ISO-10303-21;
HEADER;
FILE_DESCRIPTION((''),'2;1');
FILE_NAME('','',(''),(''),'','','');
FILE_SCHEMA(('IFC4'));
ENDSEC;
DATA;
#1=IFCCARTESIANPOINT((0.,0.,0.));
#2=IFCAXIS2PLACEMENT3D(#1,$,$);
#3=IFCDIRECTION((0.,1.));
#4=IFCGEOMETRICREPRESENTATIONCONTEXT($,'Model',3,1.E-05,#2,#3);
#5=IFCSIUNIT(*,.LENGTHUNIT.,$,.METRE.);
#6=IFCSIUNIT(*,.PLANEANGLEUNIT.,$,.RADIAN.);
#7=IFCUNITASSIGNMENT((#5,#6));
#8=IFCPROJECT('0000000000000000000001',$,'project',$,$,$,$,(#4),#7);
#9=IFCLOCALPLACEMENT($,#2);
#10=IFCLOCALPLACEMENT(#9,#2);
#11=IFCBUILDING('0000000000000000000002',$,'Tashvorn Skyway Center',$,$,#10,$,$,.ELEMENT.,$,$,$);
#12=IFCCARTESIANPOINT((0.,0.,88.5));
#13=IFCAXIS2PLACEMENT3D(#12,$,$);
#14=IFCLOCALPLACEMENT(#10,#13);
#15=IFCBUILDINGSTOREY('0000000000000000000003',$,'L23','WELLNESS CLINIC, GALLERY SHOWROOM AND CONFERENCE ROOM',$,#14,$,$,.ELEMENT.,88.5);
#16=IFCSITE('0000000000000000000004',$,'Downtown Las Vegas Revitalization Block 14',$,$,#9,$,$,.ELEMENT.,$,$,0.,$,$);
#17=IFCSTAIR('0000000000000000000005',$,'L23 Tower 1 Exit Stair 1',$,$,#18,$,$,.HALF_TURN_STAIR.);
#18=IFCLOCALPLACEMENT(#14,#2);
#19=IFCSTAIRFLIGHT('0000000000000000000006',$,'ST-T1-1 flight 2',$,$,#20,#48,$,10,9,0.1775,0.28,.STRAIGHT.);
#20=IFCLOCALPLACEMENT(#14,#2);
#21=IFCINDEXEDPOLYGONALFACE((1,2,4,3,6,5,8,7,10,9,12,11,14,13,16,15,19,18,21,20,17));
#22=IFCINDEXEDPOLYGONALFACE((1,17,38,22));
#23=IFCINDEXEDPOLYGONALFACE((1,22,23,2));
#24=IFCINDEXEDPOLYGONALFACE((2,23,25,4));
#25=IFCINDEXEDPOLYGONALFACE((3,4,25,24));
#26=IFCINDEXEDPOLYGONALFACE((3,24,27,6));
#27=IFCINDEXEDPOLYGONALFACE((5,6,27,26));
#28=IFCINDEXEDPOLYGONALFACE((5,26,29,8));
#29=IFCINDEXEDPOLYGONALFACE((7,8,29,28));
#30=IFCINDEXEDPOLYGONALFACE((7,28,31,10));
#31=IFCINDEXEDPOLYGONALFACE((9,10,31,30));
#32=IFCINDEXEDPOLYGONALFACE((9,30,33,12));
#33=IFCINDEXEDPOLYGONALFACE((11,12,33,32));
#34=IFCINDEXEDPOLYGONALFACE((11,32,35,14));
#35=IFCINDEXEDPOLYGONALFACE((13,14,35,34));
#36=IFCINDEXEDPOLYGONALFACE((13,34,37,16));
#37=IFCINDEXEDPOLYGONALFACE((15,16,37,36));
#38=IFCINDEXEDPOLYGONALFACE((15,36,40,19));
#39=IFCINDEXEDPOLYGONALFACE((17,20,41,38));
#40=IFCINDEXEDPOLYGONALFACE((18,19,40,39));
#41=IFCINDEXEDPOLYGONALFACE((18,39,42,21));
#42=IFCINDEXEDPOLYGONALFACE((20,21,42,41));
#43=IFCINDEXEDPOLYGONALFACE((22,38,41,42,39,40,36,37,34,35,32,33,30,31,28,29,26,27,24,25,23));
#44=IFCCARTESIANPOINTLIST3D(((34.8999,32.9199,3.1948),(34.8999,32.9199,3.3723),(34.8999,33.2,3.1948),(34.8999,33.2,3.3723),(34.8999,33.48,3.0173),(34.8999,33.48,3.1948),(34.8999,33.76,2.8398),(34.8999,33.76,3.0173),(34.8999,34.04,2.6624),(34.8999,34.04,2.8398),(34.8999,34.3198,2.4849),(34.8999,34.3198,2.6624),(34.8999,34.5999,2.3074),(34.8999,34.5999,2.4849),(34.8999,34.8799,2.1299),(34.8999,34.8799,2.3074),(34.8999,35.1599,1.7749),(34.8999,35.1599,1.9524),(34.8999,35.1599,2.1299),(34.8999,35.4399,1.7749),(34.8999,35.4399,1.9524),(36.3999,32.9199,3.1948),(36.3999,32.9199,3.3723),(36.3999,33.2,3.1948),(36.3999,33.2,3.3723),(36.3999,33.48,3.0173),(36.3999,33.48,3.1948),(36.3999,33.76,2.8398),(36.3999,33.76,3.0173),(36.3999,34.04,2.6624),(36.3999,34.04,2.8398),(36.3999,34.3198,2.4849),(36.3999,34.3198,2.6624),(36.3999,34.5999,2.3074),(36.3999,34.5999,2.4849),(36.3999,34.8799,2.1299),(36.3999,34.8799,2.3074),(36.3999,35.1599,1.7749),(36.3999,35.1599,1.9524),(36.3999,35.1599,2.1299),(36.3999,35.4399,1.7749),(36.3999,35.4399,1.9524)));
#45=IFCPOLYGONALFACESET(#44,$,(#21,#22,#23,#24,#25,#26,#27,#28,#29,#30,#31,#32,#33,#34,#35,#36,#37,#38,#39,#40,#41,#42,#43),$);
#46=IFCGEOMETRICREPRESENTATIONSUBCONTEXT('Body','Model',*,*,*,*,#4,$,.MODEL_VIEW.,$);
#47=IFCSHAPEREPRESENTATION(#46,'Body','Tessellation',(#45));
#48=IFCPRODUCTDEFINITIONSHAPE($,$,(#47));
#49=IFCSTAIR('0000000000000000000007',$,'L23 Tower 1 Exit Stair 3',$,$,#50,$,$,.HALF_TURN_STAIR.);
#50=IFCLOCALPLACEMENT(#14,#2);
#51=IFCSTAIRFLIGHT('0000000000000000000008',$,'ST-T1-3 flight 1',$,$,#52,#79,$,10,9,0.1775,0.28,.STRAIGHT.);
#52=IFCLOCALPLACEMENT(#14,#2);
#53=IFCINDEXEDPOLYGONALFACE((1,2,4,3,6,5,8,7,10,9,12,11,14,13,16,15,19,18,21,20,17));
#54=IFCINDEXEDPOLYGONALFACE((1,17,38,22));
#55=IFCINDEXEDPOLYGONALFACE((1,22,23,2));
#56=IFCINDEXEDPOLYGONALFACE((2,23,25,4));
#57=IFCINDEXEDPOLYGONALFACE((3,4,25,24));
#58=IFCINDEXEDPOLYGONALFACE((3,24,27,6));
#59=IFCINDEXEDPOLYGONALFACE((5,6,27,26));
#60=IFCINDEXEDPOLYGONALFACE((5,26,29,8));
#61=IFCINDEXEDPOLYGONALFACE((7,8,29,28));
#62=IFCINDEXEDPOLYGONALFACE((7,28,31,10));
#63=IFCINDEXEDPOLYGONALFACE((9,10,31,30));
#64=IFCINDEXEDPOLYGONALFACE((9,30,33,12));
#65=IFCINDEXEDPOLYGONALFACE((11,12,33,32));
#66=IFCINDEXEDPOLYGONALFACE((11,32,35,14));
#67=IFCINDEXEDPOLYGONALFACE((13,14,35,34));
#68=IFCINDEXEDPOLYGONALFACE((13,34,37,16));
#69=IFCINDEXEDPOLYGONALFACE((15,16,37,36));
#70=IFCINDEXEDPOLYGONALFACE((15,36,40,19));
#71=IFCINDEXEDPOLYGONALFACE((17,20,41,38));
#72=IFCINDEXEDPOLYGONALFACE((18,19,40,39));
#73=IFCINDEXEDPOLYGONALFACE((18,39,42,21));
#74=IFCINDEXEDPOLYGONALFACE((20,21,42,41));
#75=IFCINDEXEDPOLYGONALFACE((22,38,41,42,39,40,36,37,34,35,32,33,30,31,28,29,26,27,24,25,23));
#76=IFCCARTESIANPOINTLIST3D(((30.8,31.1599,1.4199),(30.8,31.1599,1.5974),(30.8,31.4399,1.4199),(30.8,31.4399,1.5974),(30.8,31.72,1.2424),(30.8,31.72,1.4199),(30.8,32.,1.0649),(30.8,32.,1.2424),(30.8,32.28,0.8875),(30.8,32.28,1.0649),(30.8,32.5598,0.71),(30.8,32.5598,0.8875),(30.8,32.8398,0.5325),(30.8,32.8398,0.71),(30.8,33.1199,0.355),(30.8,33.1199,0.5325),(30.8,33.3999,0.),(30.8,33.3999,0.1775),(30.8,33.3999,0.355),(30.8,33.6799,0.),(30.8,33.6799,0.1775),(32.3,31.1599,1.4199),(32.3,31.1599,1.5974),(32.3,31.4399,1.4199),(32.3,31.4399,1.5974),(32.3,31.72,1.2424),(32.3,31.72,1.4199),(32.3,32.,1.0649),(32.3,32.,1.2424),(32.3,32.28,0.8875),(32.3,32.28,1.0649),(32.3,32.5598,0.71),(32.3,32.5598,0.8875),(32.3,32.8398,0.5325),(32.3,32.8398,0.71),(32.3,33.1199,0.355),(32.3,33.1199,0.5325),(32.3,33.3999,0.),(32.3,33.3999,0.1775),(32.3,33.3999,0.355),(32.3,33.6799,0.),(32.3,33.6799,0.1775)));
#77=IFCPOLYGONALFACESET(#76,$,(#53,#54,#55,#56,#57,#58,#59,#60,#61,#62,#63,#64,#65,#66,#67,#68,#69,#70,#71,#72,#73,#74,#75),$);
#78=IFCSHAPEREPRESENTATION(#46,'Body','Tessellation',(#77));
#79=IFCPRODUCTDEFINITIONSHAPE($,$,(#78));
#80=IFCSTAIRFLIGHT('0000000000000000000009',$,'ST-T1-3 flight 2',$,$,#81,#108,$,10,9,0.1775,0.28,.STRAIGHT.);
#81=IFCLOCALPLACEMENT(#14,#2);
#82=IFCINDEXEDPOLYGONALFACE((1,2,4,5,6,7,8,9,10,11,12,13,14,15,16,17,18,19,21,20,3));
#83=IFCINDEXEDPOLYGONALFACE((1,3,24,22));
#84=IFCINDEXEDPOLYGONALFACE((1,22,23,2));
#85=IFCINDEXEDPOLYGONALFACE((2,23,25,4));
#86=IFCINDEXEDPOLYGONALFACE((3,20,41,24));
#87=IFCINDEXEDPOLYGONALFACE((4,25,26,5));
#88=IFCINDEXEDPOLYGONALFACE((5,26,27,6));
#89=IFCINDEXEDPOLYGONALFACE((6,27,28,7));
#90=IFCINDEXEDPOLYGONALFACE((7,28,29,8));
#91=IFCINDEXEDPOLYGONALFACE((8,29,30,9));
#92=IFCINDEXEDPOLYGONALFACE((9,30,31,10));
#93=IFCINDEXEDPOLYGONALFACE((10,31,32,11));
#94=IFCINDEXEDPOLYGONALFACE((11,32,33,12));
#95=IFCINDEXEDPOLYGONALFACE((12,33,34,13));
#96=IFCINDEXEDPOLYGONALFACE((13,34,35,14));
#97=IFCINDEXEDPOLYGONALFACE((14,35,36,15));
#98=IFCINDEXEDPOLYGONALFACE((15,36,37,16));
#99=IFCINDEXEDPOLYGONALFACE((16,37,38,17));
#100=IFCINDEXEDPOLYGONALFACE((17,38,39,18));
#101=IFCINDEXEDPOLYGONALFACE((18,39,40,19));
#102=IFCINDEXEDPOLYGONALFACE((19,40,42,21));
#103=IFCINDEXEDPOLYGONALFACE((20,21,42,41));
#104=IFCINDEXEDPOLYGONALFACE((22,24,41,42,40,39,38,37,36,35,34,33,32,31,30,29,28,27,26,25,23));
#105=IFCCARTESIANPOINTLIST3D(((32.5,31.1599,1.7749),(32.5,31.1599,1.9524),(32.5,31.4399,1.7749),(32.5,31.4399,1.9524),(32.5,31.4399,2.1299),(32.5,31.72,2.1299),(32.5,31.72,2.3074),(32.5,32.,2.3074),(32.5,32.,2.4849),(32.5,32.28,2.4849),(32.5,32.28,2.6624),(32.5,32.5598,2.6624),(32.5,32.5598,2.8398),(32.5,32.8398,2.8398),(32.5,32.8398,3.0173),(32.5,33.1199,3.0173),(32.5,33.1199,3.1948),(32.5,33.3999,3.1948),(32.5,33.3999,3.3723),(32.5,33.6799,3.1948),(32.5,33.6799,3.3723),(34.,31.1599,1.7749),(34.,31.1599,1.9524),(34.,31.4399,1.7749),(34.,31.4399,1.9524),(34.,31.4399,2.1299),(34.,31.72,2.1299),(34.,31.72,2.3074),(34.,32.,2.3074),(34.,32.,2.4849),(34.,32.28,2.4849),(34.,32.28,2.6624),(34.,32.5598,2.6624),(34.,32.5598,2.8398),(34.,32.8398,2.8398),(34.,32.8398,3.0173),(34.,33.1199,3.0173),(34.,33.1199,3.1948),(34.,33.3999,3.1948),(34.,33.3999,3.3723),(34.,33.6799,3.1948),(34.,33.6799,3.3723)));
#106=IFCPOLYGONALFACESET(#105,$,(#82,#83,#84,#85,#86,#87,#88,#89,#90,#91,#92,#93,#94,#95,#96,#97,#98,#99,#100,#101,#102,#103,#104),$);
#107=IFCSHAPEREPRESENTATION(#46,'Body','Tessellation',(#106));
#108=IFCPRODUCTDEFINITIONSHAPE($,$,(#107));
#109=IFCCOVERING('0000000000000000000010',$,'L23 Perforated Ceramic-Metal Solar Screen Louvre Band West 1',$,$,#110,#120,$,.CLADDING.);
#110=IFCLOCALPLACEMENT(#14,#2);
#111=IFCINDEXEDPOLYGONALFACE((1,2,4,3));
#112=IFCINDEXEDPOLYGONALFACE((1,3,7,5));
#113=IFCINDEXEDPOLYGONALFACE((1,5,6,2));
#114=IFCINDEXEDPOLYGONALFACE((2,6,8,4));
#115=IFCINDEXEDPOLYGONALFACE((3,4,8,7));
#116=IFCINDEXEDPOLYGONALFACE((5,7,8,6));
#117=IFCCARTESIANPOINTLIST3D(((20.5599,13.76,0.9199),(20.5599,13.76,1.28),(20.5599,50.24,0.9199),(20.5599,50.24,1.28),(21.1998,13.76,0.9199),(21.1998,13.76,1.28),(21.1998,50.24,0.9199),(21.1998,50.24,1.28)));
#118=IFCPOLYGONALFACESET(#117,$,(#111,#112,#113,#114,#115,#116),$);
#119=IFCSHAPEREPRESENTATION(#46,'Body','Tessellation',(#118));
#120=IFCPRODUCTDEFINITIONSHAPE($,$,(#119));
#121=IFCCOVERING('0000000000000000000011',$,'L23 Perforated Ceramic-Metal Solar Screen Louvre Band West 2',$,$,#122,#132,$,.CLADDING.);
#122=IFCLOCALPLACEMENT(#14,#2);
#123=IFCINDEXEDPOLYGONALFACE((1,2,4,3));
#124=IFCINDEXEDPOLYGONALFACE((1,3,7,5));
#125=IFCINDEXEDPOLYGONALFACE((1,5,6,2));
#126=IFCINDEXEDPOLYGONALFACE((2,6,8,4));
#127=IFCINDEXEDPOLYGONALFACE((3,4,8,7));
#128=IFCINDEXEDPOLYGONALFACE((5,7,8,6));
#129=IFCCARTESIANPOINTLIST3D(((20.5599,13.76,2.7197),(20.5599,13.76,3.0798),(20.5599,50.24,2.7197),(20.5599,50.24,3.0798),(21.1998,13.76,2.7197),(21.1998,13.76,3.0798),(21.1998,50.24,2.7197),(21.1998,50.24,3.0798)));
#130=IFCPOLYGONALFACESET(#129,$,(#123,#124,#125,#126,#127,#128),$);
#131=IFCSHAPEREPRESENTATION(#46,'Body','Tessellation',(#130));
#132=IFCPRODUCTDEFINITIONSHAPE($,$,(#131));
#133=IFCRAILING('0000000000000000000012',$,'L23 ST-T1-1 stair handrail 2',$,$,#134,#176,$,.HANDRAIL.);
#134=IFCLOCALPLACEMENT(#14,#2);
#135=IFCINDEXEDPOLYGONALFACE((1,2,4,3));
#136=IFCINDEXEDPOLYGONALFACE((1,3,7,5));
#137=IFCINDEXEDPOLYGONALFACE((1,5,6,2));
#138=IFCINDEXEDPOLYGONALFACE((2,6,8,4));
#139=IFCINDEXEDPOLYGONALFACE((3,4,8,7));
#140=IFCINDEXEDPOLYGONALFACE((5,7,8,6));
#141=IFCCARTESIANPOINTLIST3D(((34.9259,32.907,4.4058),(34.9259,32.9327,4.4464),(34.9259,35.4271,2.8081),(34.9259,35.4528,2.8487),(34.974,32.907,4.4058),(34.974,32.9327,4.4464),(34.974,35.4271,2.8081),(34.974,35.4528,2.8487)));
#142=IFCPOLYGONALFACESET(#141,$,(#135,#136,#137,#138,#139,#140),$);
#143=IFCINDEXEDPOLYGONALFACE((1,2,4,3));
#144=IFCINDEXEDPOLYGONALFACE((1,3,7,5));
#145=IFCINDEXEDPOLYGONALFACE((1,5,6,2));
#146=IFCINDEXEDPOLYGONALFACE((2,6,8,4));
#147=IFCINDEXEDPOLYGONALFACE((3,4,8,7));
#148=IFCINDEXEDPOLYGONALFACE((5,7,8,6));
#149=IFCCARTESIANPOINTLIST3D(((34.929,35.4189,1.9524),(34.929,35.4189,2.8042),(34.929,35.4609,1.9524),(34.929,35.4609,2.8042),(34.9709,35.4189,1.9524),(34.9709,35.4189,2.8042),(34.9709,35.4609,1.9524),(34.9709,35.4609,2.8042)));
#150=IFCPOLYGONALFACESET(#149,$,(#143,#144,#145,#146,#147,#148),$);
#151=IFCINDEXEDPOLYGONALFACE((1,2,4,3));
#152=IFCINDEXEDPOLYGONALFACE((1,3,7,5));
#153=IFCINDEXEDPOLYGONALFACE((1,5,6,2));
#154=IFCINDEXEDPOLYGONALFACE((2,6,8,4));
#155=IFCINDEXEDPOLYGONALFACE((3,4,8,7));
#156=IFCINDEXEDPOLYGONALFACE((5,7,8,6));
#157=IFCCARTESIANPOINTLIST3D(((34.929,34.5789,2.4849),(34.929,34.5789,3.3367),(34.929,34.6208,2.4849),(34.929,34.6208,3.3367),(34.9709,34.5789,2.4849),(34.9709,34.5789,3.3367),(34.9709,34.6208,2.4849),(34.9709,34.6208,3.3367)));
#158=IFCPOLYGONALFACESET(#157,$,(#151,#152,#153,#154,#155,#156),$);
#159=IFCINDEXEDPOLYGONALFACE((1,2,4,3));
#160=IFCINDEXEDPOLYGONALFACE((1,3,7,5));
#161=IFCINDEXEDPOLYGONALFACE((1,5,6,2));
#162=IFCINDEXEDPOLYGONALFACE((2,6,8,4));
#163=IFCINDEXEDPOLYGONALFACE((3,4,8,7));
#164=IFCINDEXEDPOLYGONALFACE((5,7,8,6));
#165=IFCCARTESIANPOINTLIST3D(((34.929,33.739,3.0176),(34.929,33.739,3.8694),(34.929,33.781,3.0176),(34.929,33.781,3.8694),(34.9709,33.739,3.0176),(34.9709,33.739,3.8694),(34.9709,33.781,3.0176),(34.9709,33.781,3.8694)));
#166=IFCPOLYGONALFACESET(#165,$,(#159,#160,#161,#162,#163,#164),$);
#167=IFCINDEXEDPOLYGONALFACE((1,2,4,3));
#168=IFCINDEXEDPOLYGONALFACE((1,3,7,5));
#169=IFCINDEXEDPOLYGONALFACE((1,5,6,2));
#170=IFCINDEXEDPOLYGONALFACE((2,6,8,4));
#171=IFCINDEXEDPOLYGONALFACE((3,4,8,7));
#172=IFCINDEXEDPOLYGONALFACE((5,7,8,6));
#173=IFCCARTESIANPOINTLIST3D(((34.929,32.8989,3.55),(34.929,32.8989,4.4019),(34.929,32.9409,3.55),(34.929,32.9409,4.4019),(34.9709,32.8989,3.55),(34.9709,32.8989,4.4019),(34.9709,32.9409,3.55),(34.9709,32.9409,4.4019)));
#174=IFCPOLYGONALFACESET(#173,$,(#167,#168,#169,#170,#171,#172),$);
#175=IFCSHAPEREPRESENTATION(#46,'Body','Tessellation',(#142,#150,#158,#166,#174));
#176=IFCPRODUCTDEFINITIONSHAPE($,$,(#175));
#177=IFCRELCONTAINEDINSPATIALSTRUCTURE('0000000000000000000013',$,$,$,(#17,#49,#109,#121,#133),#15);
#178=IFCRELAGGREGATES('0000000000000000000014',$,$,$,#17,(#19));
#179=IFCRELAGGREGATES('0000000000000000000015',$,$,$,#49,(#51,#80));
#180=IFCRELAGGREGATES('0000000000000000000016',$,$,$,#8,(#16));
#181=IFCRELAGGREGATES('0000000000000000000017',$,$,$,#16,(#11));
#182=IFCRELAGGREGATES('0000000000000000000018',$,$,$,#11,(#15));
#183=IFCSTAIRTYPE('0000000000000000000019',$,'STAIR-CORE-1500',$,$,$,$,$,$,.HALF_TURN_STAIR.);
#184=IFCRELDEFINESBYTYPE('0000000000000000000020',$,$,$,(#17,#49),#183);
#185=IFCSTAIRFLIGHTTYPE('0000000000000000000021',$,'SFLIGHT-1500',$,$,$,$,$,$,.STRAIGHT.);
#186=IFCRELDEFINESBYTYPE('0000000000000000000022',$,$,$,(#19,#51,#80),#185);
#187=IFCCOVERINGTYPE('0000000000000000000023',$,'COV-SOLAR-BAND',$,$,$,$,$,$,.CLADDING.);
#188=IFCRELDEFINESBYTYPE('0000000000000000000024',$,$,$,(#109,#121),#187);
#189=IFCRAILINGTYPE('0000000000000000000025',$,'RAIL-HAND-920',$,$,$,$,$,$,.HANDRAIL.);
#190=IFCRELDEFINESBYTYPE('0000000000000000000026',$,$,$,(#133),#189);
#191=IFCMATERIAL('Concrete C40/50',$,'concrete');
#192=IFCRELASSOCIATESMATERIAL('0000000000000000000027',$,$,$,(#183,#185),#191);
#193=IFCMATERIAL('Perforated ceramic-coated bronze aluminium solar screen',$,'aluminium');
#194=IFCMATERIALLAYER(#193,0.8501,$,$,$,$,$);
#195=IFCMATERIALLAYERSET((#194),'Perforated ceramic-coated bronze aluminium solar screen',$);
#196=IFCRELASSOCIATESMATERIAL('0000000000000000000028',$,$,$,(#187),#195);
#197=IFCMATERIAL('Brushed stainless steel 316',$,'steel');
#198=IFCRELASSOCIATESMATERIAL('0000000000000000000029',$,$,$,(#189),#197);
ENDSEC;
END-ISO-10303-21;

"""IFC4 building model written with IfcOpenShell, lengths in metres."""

from ifc_helpers import new_model, si_unit, direction, frame, origin, origin_2d, place, context, subcontext, project, spatial, polyline, rectangle, outline, extrude, material, layer, layer_set, type_object, element, aggregate, save


model = new_model("IFC4")

# Units and contexts
model_context = context("Model", 3, precision=1e-05, world=origin(), true_north=direction((0.0, 1.0)))
body_context = subcontext(model_context, "Body", "Model", "MODEL_VIEW")
ifc_project = project(units=[si_unit("LENGTHUNIT", "METRE"), si_unit("PLANEANGLEUNIT", "RADIAN")], contexts=[model_context])

# Site, building, storey
site_placement = place(None, origin())
site = spatial("IfcSite", under=ifc_project, at=site_placement, Name="Downtown Las Vegas Revitalization Block 14", CompositionType="ELEMENT", RefElevation=0.0)
building_placement = place(site_placement, origin())
building = spatial("IfcBuilding", under=site, at=building_placement, Name="Tashvorn Skyway Center", CompositionType="ELEMENT")
storey_placement = place(building_placement, frame((0.0, 0.0, 88.5)))
storey = spatial("IfcBuildingStorey", under=building, at=storey_placement, Name="L23", Description="WELLNESS CLINIC, GALLERY SHOWROOM AND CONFERENCE ROOM", CompositionType="ELEMENT", Elevation=88.5)

# Shared definitions
ifc_material_1 = material(Name="Concrete C40/50", Category="concrete")

# Stair, stair flight
stair_type = type_object("IfcStairType", Name="STAIR-CORE-1500", PredefinedType="HALF_TURN_STAIR", material=ifc_material_1)
stair_1_placement = place(storey_placement, origin())
stair_1 = element("IfcStair", 1, at=stair_1_placement, inside=storey, type_object=stair_type, Name="L23 Tower 1 Exit Stair 1", PredefinedType="HALF_TURN_STAIR")
stair_flight_type = type_object("IfcStairFlightType", Name="SFLIGHT-1500", PredefinedType="STRAIGHT", material=ifc_material_1)
stair_flight_1_placement = place(storey_placement, frame((35.6499, 35.4399, 1.7749), z_axis=(0.0, 0.0, 1.0), x_axis=(0.0, -1.0, 0.0)))
stair_flight_1 = element("IfcStairFlight", 2, at=stair_flight_1_placement, type_object=stair_flight_type, Name="ST-T1-1 flight 2", NumberOfRisers=10, NumberOfTreads=9, PredefinedType="STRAIGHT", RiserHeight=0.1775, TreadLength=0.28, context=body_context, shape_type="SweptSolid", body=[
    extrude(outline(polyline([(0.0, 0.0), (0.0, 0.1775), (0.28, 0.1775), (0.28, 0.355), (0.5601, 0.355), (0.5601, 0.5325), (0.8401, 0.5325), (0.8401, 0.71), (1.1201, 0.71), (1.1201, 0.8875), (1.3999, 0.8875), (1.3999, 1.0649), (1.6799, 1.0649), (1.6799, 1.2424), (1.96, 1.2424), (1.96, 1.4199), (2.24, 1.4199), (2.24, 1.5974), (2.52, 1.5974), (2.52, 1.7749), (2.52, 1.4199), (0.28, 0.0), (0.0, 0.0)])), frame((0.0, 0.75, 0.0), z_axis=(0.0, -1.0, 0.0), x_axis=(1.0, 0.0, 0.0)), (0.0, 0.0, 1.0), 1.5),
])
aggregate(stair_1, [stair_flight_1])

# Stair, stair flights
stair_2_placement = place(storey_placement, origin())
stair_2 = element("IfcStair", 3, at=stair_2_placement, inside=storey, type_object=stair_type, Name="L23 Tower 1 Exit Stair 3", PredefinedType="HALF_TURN_STAIR")
stair_flight_2_placement = place(storey_placement, frame((31.55, 33.6799, 0.0), z_axis=(0.0, 0.0, 1.0), x_axis=(0.0, -1.0, 0.0)))
stair_flight_2 = element("IfcStairFlight", 4, at=stair_flight_2_placement, type_object=stair_flight_type, Name="ST-T1-3 flight 1", NumberOfRisers=10, NumberOfTreads=9, PredefinedType="STRAIGHT", RiserHeight=0.1775, TreadLength=0.28, context=body_context, shape_type="SweptSolid", body=[
    extrude(outline(polyline([(0.0, 0.0), (0.0, 0.1775), (0.28, 0.1775), (0.28, 0.355), (0.5601, 0.355), (0.5601, 0.5325), (0.8401, 0.5325), (0.8401, 0.71), (1.1201, 0.71), (1.1201, 0.8875), (1.3999, 0.8875), (1.3999, 1.0649), (1.6799, 1.0649), (1.6799, 1.2424), (1.96, 1.2424), (1.96, 1.4199), (2.24, 1.4199), (2.24, 1.5974), (2.52, 1.5974), (2.52, 1.7749), (2.52, 1.4199), (0.28, 0.0), (0.0, 0.0)])), frame((0.0, 0.75, 0.0), z_axis=(0.0, -1.0, 0.0), x_axis=(1.0, 0.0, 0.0)), (0.0, 0.0, 1.0), 1.5),
])
stair_flight_3_placement = place(storey_placement, frame((33.25, 31.1599, 1.7749), z_axis=(0.0, 0.0, 1.0), x_axis=(0.0, 1.0, 0.0)))
stair_flight_3 = element("IfcStairFlight", 5, at=stair_flight_3_placement, type_object=stair_flight_type, Name="ST-T1-3 flight 2", NumberOfRisers=10, NumberOfTreads=9, PredefinedType="STRAIGHT", RiserHeight=0.1775, TreadLength=0.28, context=body_context, shape_type="SweptSolid", body=[
    extrude(outline(polyline([(0.0, 0.0), (0.0, 0.1775), (0.28, 0.1775), (0.28, 0.355), (0.5601, 0.355), (0.5601, 0.5325), (0.8401, 0.5325), (0.8401, 0.71), (1.1201, 0.71), (1.1201, 0.8875), (1.3999, 0.8875), (1.3999, 1.0649), (1.6799, 1.0649), (1.6799, 1.2424), (1.96, 1.2424), (1.96, 1.4199), (2.24, 1.4199), (2.24, 1.5974), (2.52, 1.5974), (2.52, 1.7749), (2.52, 1.4199), (0.28, 0.0), (0.0, 0.0)])), frame((0.0, 0.75, 0.0), z_axis=(0.0, -1.0, 0.0), x_axis=(1.0, 0.0, 0.0)), (0.0, 0.0, 1.0), 1.5),
])
aggregate(stair_2, [stair_flight_2, stair_flight_3])

# Coverings
ifc_material_2 = material(Name="Perforated ceramic-coated bronze aluminium solar screen", Category="aluminium")
ifc_layer_1 = layer(ifc_material_2, 0.8501)
ifc_layer_set_1 = layer_set([ifc_layer_1], Name="Perforated ceramic-coated bronze aluminium solar screen")
covering_type = type_object("IfcCoveringType", Name="COV-SOLAR-BAND", PredefinedType="CLADDING", material=ifc_layer_set_1)
for number, where, z_axis, x_axis, name in (
    (6, (20.8799, 32.0, 0.9199), (0.0, 0.0, 1.0), (0.0, 1.0, 0.0), "L23 Perforated Ceramic-Metal Solar Screen Louvre Band West 1"),
    (7, (20.8799, 32.0, 2.7197), (0.0, 0.0, 1.0), (0.0, 1.0, 0.0), "L23 Perforated Ceramic-Metal Solar Screen Louvre Band West 2"),
):
    element("IfcCovering", number, at=place(storey_placement, frame(where, z_axis=z_axis, x_axis=x_axis)), inside=storey, type_object=covering_type, Name=name, PredefinedType="CLADDING", context=body_context, shape_type="SweptSolid", body=[
        extrude(rectangle(XDim=36.48, YDim=0.6399, at=origin_2d()), origin(), (0.0, 0.0, 1.0), 0.3601),
    ])

# Railing
ifc_material_3 = material(Name="Brushed stainless steel 316", Category="steel")
railing_type_1 = type_object("IfcRailingType", Name="RAIL-HAND-920", PredefinedType="HANDRAIL", material=ifc_material_3)
railing_1_placement = place(storey_placement, frame((34.95, 35.4399, 1.9524)))
element("IfcRailing", 8, at=railing_1_placement, inside=storey, type_object=railing_type_1, Name="L23 ST-T1-1 stair handrail 2", PredefinedType="HANDRAIL", context=body_context, shape_type="SweptSolid", body=[
    extrude(rectangle(XDim=0.0481, YDim=0.0481, at=origin_2d()), frame((0.0, 0.0, 0.876), z_axis=(0.0, -0.84457, 0.535445), x_axis=(1.0, 0.0, 0.0)), (0.0, 0.0, 1.0), 2.9839),
    extrude(rectangle(XDim=0.042, YDim=0.042, at=origin_2d()), origin(), (0.0, 0.0, 1.0), 0.8518),
    extrude(rectangle(XDim=0.042, YDim=0.042, at=origin_2d()), frame((0.0, -0.8401, 0.5325)), (0.0, 0.0, 1.0), 0.8518),
    extrude(rectangle(XDim=0.042, YDim=0.042, at=origin_2d()), frame((0.0, -1.6799, 1.0652)), (0.0, 0.0, 1.0), 0.8518),
    extrude(rectangle(XDim=0.042, YDim=0.042, at=origin_2d()), frame((0.0, -2.52, 1.5977)), (0.0, 0.0, 1.0), 0.8518),
])

save(model, "model.ifc")
